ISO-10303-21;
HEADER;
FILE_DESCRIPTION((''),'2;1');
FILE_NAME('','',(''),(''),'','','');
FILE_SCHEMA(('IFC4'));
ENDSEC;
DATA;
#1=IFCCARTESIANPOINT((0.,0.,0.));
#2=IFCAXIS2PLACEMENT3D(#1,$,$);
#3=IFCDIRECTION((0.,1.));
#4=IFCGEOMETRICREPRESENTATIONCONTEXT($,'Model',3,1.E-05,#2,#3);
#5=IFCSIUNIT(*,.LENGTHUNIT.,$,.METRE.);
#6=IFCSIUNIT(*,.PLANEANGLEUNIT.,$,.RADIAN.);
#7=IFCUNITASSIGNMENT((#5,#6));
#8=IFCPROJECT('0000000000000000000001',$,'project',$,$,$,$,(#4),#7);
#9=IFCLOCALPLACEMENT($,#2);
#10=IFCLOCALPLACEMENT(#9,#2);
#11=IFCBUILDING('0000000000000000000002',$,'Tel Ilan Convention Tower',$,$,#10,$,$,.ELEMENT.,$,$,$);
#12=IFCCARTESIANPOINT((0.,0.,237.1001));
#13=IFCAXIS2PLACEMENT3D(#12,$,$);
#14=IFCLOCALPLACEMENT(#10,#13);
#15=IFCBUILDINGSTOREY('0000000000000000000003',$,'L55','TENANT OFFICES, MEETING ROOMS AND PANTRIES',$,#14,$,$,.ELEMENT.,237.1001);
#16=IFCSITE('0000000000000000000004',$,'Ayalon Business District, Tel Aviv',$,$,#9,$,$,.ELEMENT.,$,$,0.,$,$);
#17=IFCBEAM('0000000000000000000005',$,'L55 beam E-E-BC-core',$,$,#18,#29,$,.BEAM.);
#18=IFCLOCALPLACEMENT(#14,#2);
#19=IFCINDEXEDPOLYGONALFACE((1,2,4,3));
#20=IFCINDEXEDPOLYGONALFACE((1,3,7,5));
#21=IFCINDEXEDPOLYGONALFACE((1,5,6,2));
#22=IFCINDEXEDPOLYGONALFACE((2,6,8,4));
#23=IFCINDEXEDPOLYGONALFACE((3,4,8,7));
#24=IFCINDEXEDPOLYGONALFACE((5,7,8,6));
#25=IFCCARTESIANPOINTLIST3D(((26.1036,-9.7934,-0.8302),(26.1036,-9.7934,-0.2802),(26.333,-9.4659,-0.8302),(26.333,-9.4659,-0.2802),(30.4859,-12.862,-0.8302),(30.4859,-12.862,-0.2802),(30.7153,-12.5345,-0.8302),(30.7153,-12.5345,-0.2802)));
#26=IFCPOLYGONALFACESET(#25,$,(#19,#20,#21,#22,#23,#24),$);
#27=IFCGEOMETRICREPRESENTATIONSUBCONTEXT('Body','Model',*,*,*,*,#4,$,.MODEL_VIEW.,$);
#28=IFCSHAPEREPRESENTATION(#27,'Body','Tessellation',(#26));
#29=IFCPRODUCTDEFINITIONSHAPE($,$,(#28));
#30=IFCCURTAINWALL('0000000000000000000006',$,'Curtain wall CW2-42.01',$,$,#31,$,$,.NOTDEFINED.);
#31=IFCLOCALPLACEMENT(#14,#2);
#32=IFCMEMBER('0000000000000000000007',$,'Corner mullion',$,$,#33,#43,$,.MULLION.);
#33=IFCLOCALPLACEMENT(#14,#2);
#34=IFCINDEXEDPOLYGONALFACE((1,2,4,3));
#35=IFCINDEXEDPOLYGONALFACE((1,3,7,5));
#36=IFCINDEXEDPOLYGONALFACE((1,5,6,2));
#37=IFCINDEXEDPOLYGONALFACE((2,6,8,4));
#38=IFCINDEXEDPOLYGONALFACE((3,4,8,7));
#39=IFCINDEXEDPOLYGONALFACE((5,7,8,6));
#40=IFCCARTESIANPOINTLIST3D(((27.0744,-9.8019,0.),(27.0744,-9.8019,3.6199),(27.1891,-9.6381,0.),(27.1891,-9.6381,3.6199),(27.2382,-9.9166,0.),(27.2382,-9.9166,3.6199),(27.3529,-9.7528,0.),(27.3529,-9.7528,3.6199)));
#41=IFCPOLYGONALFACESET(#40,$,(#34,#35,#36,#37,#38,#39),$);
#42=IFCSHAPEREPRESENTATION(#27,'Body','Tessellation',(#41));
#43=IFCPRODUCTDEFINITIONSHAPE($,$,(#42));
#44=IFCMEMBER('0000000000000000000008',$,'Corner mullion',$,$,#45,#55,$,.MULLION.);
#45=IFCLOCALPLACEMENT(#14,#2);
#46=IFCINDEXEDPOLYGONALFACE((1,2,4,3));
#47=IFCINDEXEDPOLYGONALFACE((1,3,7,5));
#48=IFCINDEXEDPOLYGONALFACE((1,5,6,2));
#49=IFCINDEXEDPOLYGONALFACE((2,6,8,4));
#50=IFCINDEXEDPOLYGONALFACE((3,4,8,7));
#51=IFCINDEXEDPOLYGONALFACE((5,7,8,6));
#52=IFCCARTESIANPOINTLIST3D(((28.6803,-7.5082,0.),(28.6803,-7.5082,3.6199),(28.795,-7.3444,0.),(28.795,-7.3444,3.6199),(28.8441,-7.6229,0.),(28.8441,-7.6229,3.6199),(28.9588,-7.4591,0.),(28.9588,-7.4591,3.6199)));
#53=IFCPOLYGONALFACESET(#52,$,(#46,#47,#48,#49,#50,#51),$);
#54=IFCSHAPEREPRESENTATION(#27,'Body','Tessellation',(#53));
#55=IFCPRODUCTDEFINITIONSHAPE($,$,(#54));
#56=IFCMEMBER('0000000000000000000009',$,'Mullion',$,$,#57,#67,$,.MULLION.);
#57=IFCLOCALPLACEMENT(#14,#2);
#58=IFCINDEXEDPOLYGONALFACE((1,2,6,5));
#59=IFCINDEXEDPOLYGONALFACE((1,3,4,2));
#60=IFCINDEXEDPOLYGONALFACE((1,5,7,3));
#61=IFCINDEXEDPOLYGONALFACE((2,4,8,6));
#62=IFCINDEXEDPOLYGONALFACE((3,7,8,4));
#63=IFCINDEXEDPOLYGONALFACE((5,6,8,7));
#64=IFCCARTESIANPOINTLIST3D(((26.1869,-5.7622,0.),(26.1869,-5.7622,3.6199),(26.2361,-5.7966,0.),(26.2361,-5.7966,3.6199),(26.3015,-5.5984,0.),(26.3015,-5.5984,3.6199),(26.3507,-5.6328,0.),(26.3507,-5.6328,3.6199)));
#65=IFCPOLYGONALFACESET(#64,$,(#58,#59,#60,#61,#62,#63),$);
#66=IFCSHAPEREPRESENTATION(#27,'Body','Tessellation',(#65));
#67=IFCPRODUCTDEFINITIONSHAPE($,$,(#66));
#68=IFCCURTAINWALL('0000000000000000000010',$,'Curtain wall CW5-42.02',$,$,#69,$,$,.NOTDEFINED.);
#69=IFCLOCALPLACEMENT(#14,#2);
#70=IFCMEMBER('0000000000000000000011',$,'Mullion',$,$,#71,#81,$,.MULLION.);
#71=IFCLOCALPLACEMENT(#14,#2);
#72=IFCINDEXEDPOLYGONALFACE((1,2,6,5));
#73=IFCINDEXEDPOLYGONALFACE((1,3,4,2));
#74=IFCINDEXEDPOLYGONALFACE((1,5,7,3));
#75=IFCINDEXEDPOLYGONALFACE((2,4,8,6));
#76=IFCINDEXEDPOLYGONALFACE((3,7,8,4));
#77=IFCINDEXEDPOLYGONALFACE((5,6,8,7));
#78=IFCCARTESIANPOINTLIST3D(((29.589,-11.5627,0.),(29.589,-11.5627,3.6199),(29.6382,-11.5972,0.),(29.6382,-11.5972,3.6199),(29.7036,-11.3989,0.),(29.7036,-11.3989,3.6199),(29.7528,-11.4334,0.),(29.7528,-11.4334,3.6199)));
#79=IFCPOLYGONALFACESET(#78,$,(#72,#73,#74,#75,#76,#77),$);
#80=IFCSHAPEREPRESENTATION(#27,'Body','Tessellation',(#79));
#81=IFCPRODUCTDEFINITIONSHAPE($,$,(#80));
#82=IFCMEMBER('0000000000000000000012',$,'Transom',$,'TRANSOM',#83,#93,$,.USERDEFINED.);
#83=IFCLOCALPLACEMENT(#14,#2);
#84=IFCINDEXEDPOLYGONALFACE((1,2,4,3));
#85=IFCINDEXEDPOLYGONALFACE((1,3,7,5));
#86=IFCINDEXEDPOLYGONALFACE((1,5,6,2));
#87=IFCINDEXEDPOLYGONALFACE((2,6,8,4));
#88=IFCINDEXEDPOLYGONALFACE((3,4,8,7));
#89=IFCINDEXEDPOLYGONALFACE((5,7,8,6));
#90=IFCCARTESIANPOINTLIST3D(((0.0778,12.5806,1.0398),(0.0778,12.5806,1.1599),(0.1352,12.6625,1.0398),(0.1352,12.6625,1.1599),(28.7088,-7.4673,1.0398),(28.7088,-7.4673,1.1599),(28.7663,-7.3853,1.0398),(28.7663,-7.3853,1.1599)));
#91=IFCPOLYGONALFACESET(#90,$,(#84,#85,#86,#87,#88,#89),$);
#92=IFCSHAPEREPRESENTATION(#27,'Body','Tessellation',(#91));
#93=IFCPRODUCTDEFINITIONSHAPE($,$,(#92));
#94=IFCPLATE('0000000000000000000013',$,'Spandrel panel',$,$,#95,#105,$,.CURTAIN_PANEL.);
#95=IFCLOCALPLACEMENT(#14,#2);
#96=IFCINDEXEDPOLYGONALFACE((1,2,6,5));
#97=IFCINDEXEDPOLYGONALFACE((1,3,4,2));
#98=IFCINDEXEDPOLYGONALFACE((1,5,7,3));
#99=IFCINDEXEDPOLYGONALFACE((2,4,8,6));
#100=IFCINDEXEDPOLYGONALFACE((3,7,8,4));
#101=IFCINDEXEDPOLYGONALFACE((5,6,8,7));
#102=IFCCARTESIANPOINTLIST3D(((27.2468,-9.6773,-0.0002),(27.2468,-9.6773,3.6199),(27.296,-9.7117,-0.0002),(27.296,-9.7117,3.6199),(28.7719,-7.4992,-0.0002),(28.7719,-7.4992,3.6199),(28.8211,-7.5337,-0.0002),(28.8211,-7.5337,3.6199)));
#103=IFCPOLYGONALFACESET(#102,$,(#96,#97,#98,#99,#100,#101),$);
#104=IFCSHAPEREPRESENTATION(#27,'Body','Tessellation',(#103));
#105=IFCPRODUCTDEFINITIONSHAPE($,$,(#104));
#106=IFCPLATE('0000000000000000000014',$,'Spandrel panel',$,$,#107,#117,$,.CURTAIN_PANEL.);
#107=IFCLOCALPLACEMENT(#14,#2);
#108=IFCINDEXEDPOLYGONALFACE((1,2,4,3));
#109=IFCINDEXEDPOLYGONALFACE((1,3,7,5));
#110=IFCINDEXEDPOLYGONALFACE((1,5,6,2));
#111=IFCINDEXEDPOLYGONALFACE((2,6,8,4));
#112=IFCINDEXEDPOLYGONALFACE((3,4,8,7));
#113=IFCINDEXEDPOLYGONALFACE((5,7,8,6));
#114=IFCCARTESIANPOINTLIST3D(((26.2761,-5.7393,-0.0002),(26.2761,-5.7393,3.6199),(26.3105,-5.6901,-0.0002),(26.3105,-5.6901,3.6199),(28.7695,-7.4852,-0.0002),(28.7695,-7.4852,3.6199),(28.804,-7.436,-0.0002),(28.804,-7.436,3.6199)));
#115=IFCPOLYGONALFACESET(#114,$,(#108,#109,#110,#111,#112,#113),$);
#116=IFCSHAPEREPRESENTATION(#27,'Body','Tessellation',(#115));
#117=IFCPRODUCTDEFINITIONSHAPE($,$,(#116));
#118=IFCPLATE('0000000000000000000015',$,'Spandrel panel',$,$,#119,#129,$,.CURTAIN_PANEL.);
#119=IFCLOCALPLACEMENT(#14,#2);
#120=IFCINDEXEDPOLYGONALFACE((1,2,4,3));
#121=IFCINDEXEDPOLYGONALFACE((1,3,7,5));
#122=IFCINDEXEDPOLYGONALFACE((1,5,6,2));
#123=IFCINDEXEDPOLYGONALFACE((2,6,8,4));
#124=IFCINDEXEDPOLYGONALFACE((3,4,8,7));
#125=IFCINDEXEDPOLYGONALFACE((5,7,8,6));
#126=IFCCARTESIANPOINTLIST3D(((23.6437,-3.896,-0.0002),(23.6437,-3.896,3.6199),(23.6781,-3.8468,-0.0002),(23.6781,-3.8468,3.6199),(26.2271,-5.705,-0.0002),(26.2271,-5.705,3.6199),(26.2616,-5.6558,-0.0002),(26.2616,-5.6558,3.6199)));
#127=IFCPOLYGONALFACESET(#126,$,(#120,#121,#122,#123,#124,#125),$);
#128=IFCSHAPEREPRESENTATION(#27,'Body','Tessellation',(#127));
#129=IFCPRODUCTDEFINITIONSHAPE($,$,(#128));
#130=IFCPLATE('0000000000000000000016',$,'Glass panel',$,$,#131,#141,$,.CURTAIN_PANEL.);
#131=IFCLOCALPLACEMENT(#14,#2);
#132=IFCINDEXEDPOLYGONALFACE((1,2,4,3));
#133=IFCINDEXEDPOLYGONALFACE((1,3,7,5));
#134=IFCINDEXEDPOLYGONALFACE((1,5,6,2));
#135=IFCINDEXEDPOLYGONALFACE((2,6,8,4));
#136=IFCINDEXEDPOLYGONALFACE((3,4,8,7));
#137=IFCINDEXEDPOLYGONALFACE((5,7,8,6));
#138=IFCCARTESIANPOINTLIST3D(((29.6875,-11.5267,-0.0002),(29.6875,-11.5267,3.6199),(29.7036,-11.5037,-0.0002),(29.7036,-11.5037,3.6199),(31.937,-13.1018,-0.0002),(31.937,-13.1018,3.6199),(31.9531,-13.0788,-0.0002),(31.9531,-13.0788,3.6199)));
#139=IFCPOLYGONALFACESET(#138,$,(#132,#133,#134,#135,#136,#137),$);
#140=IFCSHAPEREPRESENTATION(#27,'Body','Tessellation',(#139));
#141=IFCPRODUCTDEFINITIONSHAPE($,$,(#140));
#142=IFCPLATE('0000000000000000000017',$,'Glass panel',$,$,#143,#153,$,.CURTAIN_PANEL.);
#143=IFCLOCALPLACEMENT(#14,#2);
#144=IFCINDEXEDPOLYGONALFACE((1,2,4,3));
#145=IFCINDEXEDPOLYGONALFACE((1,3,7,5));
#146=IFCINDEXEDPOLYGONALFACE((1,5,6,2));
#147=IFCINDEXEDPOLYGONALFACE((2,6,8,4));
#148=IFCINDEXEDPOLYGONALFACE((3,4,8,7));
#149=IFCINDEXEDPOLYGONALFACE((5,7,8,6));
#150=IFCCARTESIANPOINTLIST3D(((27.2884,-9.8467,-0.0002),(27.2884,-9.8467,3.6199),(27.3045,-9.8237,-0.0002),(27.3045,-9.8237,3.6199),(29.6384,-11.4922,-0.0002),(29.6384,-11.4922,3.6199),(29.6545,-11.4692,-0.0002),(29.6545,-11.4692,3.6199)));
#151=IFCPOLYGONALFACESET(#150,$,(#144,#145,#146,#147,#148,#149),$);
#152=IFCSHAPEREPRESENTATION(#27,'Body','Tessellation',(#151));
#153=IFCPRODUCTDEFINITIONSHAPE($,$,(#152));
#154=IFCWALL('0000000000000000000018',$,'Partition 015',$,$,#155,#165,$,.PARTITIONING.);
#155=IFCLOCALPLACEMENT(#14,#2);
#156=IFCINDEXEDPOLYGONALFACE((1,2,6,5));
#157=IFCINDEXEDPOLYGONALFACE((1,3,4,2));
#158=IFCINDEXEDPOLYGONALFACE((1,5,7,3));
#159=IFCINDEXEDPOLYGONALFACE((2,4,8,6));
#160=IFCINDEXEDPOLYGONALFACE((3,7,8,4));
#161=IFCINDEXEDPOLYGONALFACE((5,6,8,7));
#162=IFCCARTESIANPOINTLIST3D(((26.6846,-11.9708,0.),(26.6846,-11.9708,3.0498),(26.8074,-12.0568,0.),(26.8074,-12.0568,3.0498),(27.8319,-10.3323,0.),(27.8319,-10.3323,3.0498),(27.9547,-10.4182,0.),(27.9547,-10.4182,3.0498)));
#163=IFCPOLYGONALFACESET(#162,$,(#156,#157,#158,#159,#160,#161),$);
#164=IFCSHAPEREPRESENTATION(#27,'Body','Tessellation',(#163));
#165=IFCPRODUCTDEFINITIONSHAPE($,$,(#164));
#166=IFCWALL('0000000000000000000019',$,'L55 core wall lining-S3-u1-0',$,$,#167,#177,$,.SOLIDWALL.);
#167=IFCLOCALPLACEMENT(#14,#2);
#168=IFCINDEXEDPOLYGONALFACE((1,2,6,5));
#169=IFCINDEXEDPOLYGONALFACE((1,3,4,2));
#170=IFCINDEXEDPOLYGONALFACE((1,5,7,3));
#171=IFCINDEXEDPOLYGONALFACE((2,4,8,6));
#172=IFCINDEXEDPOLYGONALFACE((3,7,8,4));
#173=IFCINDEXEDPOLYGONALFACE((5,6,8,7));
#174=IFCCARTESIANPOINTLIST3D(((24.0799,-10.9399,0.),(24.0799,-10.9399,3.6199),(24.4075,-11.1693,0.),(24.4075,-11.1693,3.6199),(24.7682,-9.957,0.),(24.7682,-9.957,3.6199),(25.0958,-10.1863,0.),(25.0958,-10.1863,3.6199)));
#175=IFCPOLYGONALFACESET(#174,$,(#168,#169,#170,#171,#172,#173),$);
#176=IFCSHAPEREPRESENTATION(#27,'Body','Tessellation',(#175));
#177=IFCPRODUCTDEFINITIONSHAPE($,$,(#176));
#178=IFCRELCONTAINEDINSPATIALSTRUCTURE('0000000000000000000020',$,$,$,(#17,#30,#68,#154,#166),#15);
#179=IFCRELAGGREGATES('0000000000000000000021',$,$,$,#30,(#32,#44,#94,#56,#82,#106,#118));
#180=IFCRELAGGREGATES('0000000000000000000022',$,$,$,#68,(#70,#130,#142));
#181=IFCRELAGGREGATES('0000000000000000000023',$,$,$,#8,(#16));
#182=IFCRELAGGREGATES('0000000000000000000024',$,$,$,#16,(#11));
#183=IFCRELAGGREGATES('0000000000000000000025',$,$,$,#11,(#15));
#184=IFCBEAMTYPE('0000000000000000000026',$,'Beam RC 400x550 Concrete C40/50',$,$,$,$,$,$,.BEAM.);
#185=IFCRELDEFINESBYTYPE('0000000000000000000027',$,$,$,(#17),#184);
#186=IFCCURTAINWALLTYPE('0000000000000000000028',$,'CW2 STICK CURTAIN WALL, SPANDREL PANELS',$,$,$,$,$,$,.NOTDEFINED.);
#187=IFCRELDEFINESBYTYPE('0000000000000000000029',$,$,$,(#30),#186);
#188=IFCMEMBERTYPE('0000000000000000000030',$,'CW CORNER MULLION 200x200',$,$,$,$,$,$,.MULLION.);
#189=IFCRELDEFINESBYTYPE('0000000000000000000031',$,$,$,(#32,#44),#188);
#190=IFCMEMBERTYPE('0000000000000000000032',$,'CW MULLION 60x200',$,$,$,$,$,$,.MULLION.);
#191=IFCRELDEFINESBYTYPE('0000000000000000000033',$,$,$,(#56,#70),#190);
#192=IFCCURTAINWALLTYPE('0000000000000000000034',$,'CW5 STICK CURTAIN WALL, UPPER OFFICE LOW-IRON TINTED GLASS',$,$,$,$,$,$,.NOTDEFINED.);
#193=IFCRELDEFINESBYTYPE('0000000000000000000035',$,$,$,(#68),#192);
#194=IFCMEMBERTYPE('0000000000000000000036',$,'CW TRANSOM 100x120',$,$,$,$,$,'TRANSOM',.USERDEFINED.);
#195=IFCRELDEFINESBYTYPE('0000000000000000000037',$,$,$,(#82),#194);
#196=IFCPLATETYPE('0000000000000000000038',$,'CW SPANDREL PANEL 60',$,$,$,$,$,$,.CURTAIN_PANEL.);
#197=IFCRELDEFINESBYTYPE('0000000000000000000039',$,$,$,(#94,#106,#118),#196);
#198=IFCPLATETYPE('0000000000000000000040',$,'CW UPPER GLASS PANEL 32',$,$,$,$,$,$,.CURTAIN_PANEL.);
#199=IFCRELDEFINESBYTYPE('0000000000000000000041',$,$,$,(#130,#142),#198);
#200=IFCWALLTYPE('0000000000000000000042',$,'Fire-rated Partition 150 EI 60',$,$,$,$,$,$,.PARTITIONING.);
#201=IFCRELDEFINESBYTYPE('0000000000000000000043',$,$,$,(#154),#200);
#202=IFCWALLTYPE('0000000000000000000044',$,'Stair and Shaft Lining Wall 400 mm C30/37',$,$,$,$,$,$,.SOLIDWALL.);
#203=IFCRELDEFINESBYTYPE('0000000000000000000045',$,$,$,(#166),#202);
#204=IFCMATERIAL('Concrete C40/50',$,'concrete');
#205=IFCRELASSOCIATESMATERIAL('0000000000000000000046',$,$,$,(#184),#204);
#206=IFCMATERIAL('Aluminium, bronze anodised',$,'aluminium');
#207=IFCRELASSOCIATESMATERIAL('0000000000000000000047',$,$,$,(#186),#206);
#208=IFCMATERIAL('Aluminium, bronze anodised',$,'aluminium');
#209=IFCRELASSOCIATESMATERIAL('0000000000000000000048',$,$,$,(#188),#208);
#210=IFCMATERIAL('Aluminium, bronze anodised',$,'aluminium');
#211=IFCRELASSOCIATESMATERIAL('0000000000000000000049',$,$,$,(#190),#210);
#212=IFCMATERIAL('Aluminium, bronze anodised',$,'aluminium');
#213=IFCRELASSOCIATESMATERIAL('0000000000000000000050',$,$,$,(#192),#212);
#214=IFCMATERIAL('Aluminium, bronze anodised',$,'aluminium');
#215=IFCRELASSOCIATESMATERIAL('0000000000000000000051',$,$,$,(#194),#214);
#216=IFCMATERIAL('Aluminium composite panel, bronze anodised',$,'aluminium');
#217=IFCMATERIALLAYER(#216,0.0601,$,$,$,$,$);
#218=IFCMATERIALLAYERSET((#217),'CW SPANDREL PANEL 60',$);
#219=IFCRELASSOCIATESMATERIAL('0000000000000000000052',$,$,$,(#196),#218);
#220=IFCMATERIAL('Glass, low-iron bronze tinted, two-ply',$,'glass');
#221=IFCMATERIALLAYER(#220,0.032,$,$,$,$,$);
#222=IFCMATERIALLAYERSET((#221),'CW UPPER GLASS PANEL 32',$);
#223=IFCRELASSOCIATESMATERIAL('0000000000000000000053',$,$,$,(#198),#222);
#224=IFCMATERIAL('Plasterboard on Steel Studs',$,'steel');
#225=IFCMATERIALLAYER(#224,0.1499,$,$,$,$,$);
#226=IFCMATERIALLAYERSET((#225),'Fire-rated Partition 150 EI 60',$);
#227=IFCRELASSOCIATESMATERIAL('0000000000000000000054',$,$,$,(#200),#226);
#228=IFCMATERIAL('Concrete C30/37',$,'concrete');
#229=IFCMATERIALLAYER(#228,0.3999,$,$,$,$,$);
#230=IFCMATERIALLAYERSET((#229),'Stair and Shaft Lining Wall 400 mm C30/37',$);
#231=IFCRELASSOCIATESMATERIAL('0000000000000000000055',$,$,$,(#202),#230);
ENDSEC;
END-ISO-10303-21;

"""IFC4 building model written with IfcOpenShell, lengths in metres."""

from ifc_helpers import new_model, si_unit, direction, frame, frame_2d, origin, origin_2d, place, context, subcontext, project, spatial, rectangle, extrude, material, layer, layer_set, material_profile, profile_set, type_object, element, aggregate, save


model = new_model("IFC4")

# Units and contexts
model_context = context("Model", 3, precision=1e-05, world=origin(), true_north=direction((0.0, 1.0)))
body_context = subcontext(model_context, "Body", "Model", "MODEL_VIEW")
ifc_project = project(units=[si_unit("LENGTHUNIT", "METRE"), si_unit("PLANEANGLEUNIT", "RADIAN")], contexts=[model_context])

# Site, building, storey
site_placement = place(None, origin())
site = spatial("IfcSite", under=ifc_project, at=site_placement, Name="Ayalon Business District, Tel Aviv", CompositionType="ELEMENT", RefElevation=0.0)
building_placement = place(site_placement, origin())
building = spatial("IfcBuilding", under=site, at=building_placement, Name="Tel Ilan Convention Tower", CompositionType="ELEMENT")
storey_placement = place(building_placement, frame((0.0, 0.0, 237.1001)))
storey = spatial("IfcBuildingStorey", under=building, at=storey_placement, Name="L55", Description="TENANT OFFICES, MEETING ROOMS AND PANTRIES", CompositionType="ELEMENT", Elevation=237.1001)

# Beam
ifc_material_1 = material(Name="Concrete C40/50", Category="concrete")
ifc_material_profile_1 = material_profile(ifc_material_1, rectangle(XDim=0.3999, YDim=0.55, at=origin_2d()), Name="RC 400x550")
ifc_profile_set_1 = profile_set([ifc_material_profile_1], Name="Concrete C40/50")
beam_type = type_object("IfcBeamType", Name="Beam RC 400x550 Concrete C40/50", PredefinedType="BEAM", material=ifc_profile_set_1)
beam_placement = place(storey_placement, frame((30.6006, -12.6982, -0.5552), z_axis=(-0.819146, 0.573585, 0.0), x_axis=(-0.573585, -0.819146, 0.0)))
element("IfcBeam", 1, at=beam_placement, inside=storey, type_object=beam_type, Name="L55 beam E-E-BC-core", PredefinedType="BEAM", context=body_context, shape_type="SweptSolid", body=[
    extrude(rectangle(XDim=0.3999, YDim=0.55, at=origin_2d()), origin(), (0.0, 0.0, 1.0), 5.3499),
])

# Curtain wall, members
ifc_material_2 = material(Name="Aluminium, bronze anodised", Category="aluminium")
curtain_wall_type_1 = type_object("IfcCurtainWallType", Name="CW2 STICK CURTAIN WALL, SPANDREL PANELS", PredefinedType="NOTDEFINED", material=ifc_material_2)
curtain_wall_1_placement = place(storey_placement, origin())
curtain_wall_1 = element("IfcCurtainWall", 2, at=curtain_wall_1_placement, inside=storey, type_object=curtain_wall_type_1, Name="Curtain wall CW2-42.01", PredefinedType="NOTDEFINED")
ifc_material_3 = material(Name="Aluminium, bronze anodised", Category="aluminium")
ifc_material_profile_2 = material_profile(ifc_material_3, rectangle(XDim=0.2, YDim=0.2, at=origin_2d()), Name="CW CORNER MULLION 200x200")
ifc_profile_set_2 = profile_set([ifc_material_profile_2], Name="Aluminium, bronze anodised")
member_type_1 = type_object("IfcMemberType", Name="CW CORNER MULLION 200x200", PredefinedType="MULLION", material=ifc_profile_set_2)
member_1_placement = place(storey_placement, frame((27.2136, -9.7773, 0.0), z_axis=(0.0, 0.0, 1.0), x_axis=(-0.819152, 0.573576, 0.0)))
member_1 = element("IfcMember", 3, at=member_1_placement, type_object=member_type_1, Name="Corner mullion", PredefinedType="MULLION", context=body_context, shape_type="SweptSolid", body=[
    extrude(rectangle(XDim=0.2, YDim=0.2, at=origin_2d()), origin(), (0.0, 0.0, 1.0), 3.6199),
])
member_2_placement = place(storey_placement, frame((28.8196, -7.4836, 0.0), z_axis=(0.0, 0.0, 1.0), x_axis=(0.573576, 0.819152, 0.0)))
member_2 = element("IfcMember", 4, at=member_2_placement, type_object=member_type_1, Name="Corner mullion", PredefinedType="MULLION", context=body_context, shape_type="SweptSolid", body=[
    extrude(rectangle(XDim=0.2, YDim=0.2, at=origin_2d()), origin(), (0.0, 0.0, 1.0), 3.6199),
])
ifc_material_4 = material(Name="Aluminium, bronze anodised", Category="aluminium")
ifc_material_profile_3 = material_profile(ifc_material_4, rectangle(XDim=0.0601, YDim=0.2, at=origin_2d()), Name="CW MULLION 60x200")
ifc_profile_set_3 = profile_set([ifc_material_profile_3], Name="Aluminium, bronze anodised")
member_type_2 = type_object("IfcMemberType", Name="CW MULLION 60x200", PredefinedType="MULLION", material=ifc_profile_set_3)
member_3_placement = place(storey_placement, frame((26.2688, -5.6975, 0.0), z_axis=(0.0, 0.0, 1.0), x_axis=(-0.819152, 0.573576, 0.0)))
member_3 = element("IfcMember", 5, at=member_3_placement, type_object=member_type_2, Name="Mullion", PredefinedType="MULLION", context=body_context, shape_type="SweptSolid", body=[
    extrude(rectangle(XDim=0.0601, YDim=0.2, at=origin_2d()), origin(), (0.0, 0.0, 1.0), 3.6199),
])

# Curtain wall, member
ifc_material_5 = material(Name="Aluminium, bronze anodised", Category="aluminium")
curtain_wall_type_2 = type_object("IfcCurtainWallType", Name="CW5 STICK CURTAIN WALL, UPPER OFFICE LOW-IRON TINTED GLASS", PredefinedType="NOTDEFINED", material=ifc_material_5)
curtain_wall_2_placement = place(storey_placement, origin())
curtain_wall_2 = element("IfcCurtainWall", 6, at=curtain_wall_2_placement, inside=storey, type_object=curtain_wall_type_2, Name="Curtain wall CW5-42.02", PredefinedType="NOTDEFINED")
member_4_placement = place(storey_placement, frame((29.6709, -11.498, 0.0), z_axis=(0.0, 0.0, 1.0), x_axis=(-0.819152, 0.573576, 0.0)))
member_4 = element("IfcMember", 7, at=member_4_placement, type_object=member_type_2, Name="Mullion", PredefinedType="MULLION", context=body_context, shape_type="SweptSolid", body=[
    extrude(rectangle(XDim=0.0601, YDim=0.2, at=origin_2d()), origin(), (0.0, 0.0, 1.0), 3.6199),
])

# Member
ifc_material_6 = material(Name="Aluminium, bronze anodised", Category="aluminium")
ifc_material_profile_4 = material_profile(ifc_material_6, rectangle(XDim=0.1001, YDim=0.1201, at=origin_2d()), Name="CW TRANSOM 100x120")
ifc_profile_set_4 = profile_set([ifc_material_profile_4], Name="Aluminium, bronze anodised")
member_type_3 = type_object("IfcMemberType", Name="CW TRANSOM 100x120", ElementType="TRANSOM", PredefinedType="USERDEFINED", material=ifc_profile_set_4)
member_5_placement = place(storey_placement, frame((28.7375, -7.4263, 1.0999), z_axis=(-0.81915, 0.573579, 0.0), x_axis=(-0.573579, -0.81915, 0.0)))
member_5 = element("IfcMember", 8, at=member_5_placement, type_object=member_type_3, Name="Transom", ObjectType="TRANSOM", PredefinedType="USERDEFINED", context=body_context, shape_type="SweptSolid", body=[
    extrude(rectangle(XDim=0.1001, YDim=0.1201, at=origin_2d()), origin(), (0.0, 0.0, 1.0), 34.9521),
])

# Plates
ifc_material_7 = material(Name="Aluminium composite panel, bronze anodised", Category="aluminium")
ifc_layer_1 = layer(ifc_material_7, 0.0601)
ifc_layer_set_1 = layer_set([ifc_layer_1], Name="CW SPANDREL PANEL 60")
plate_type_1 = type_object("IfcPlateType", Name="CW SPANDREL PANEL 60", PredefinedType="CURTAIN_PANEL", material=ifc_layer_set_1)
plate_1_placement = place(storey_placement, frame((28.0339, -8.6055, -0.0002), z_axis=(0.0, 0.0, 1.0), x_axis=(0.573576, 0.819152, 0.0)))
plate_1 = element("IfcPlate", 9, at=plate_1_placement, type_object=plate_type_1, Name="Spandrel panel", PredefinedType="CURTAIN_PANEL", context=body_context, shape_type="SweptSolid", body=[
    extrude(rectangle(XDim=2.6589, YDim=0.0601, at=origin_2d()), origin(), (0.0, 0.0, 1.0), 3.6201),
])
plate_2_placement = place(storey_placement, frame((27.54, -6.5876, -0.0002), z_axis=(0.0, 0.0, 1.0), x_axis=(-0.819152, 0.573576, 0.0)))
plate_2 = element("IfcPlate", 10, at=plate_2_placement, type_object=plate_type_1, Name="Spandrel panel", PredefinedType="CURTAIN_PANEL", context=body_context, shape_type="SweptSolid", body=[
    extrude(rectangle(XDim=3.0439, YDim=0.0601, at=origin_2d()), origin(), (0.0, 0.0, 1.0), 3.6201),
])
plate_3_placement = place(storey_placement, frame((24.9526, -4.7759, -0.0002), z_axis=(0.0, 0.0, 1.0), x_axis=(-0.819152, 0.573576, 0.0)))
plate_3 = element("IfcPlate", 11, at=plate_3_placement, type_object=plate_type_1, Name="Spandrel panel", PredefinedType="CURTAIN_PANEL", context=body_context, shape_type="SweptSolid", body=[
    extrude(rectangle(XDim=3.1538, YDim=0.0601, at=origin_2d()), origin(), (0.0, 0.0, 1.0), 3.6201),
])
aggregate(curtain_wall_1, [member_1, member_2, plate_1, member_3, member_5, plate_2, plate_3])
ifc_material_8 = material(Name="Glass, low-iron bronze tinted, two-ply", Category="glass")
ifc_layer_2 = layer(ifc_material_8, 0.032)
ifc_layer_set_2 = layer_set([ifc_layer_2], Name="CW UPPER GLASS PANEL 32")
plate_type_2 = type_object("IfcPlateType", Name="CW UPPER GLASS PANEL 32", PredefinedType="CURTAIN_PANEL", material=ifc_layer_set_2)
plate_4_placement = place(storey_placement, frame((30.8203, -12.3027, -0.0002), z_axis=(0.0, 0.0, 1.0), x_axis=(-0.819152, 0.573576, 0.0)))
plate_4 = element("IfcPlate", 12, at=plate_4_placement, type_object=plate_type_2, Name="Glass panel", PredefinedType="CURTAIN_PANEL", context=body_context, shape_type="SweptSolid", body=[
    extrude(rectangle(XDim=2.7461, YDim=0.0281, at=origin_2d()), origin(), (0.0, 0.0, 1.0), 3.6201),
])
plate_5_placement = place(storey_placement, frame((28.4714, -10.658, -0.0002), z_axis=(0.0, 0.0, 1.0), x_axis=(-0.819152, 0.573576, 0.0)))
plate_5 = element("IfcPlate", 13, at=plate_5_placement, type_object=plate_type_2, Name="Glass panel", PredefinedType="CURTAIN_PANEL", context=body_context, shape_type="SweptSolid", body=[
    extrude(rectangle(XDim=2.8689, YDim=0.0281, at=origin_2d()), origin(), (0.0, 0.0, 1.0), 3.6201),
])
aggregate(curtain_wall_2, [member_4, plate_4, plate_5])

# Walls
ifc_material_9 = material(Name="Plasterboard on Steel Studs", Category="steel")
ifc_layer_3 = layer(ifc_material_9, 0.1499)
ifc_layer_set_3 = layer_set([ifc_layer_3], Name="Fire-rated Partition 150 EI 60")
wall_type_1 = type_object("IfcWallType", Name="Fire-rated Partition 150 EI 60", PredefinedType="PARTITIONING", material=ifc_layer_set_3)
wall_1_placement = place(storey_placement, frame((26.7461, -12.0137, 0.0), z_axis=(0.0, 0.0, 1.0), x_axis=(0.573569, 0.819157, 0.0)))
element("IfcWall", 14, at=wall_1_placement, inside=storey, type_object=wall_type_1, Name="Partition 015", PredefinedType="PARTITIONING", context=body_context, shape_type="SweptSolid", body=[
    extrude(rectangle(XDim=2.0002, YDim=0.1499, at=frame_2d((1.0, 0.0))), origin(), (0.0, 0.0, 1.0), 3.0498),
])
ifc_material_10 = material(Name="Concrete C30/37", Category="concrete")
ifc_layer_4 = layer(ifc_material_10, 0.3999)
ifc_layer_set_4 = layer_set([ifc_layer_4], Name="Stair and Shaft Lining Wall 400 mm C30/37")
wall_type_2 = type_object("IfcWallType", Name="Stair and Shaft Lining Wall 400 mm C30/37", PredefinedType="SOLIDWALL", material=ifc_layer_set_4)
wall_2_placement = place(storey_placement, frame((24.2437, -11.0547, 0.0), z_axis=(0.0, 0.0, 1.0), x_axis=(0.573572, 0.819155, 0.0)))
element("IfcWall", 15, at=wall_2_placement, inside=storey, type_object=wall_type_2, Name="L55 core wall lining-S3-u1-0", PredefinedType="SOLIDWALL", context=body_context, shape_type="SweptSolid", body=[
    extrude(rectangle(XDim=1.2, YDim=0.3999, at=frame_2d((0.6001, 0.0))), origin(), (0.0, 0.0, 1.0), 3.6199),
])

save(model, "model.ifc")
